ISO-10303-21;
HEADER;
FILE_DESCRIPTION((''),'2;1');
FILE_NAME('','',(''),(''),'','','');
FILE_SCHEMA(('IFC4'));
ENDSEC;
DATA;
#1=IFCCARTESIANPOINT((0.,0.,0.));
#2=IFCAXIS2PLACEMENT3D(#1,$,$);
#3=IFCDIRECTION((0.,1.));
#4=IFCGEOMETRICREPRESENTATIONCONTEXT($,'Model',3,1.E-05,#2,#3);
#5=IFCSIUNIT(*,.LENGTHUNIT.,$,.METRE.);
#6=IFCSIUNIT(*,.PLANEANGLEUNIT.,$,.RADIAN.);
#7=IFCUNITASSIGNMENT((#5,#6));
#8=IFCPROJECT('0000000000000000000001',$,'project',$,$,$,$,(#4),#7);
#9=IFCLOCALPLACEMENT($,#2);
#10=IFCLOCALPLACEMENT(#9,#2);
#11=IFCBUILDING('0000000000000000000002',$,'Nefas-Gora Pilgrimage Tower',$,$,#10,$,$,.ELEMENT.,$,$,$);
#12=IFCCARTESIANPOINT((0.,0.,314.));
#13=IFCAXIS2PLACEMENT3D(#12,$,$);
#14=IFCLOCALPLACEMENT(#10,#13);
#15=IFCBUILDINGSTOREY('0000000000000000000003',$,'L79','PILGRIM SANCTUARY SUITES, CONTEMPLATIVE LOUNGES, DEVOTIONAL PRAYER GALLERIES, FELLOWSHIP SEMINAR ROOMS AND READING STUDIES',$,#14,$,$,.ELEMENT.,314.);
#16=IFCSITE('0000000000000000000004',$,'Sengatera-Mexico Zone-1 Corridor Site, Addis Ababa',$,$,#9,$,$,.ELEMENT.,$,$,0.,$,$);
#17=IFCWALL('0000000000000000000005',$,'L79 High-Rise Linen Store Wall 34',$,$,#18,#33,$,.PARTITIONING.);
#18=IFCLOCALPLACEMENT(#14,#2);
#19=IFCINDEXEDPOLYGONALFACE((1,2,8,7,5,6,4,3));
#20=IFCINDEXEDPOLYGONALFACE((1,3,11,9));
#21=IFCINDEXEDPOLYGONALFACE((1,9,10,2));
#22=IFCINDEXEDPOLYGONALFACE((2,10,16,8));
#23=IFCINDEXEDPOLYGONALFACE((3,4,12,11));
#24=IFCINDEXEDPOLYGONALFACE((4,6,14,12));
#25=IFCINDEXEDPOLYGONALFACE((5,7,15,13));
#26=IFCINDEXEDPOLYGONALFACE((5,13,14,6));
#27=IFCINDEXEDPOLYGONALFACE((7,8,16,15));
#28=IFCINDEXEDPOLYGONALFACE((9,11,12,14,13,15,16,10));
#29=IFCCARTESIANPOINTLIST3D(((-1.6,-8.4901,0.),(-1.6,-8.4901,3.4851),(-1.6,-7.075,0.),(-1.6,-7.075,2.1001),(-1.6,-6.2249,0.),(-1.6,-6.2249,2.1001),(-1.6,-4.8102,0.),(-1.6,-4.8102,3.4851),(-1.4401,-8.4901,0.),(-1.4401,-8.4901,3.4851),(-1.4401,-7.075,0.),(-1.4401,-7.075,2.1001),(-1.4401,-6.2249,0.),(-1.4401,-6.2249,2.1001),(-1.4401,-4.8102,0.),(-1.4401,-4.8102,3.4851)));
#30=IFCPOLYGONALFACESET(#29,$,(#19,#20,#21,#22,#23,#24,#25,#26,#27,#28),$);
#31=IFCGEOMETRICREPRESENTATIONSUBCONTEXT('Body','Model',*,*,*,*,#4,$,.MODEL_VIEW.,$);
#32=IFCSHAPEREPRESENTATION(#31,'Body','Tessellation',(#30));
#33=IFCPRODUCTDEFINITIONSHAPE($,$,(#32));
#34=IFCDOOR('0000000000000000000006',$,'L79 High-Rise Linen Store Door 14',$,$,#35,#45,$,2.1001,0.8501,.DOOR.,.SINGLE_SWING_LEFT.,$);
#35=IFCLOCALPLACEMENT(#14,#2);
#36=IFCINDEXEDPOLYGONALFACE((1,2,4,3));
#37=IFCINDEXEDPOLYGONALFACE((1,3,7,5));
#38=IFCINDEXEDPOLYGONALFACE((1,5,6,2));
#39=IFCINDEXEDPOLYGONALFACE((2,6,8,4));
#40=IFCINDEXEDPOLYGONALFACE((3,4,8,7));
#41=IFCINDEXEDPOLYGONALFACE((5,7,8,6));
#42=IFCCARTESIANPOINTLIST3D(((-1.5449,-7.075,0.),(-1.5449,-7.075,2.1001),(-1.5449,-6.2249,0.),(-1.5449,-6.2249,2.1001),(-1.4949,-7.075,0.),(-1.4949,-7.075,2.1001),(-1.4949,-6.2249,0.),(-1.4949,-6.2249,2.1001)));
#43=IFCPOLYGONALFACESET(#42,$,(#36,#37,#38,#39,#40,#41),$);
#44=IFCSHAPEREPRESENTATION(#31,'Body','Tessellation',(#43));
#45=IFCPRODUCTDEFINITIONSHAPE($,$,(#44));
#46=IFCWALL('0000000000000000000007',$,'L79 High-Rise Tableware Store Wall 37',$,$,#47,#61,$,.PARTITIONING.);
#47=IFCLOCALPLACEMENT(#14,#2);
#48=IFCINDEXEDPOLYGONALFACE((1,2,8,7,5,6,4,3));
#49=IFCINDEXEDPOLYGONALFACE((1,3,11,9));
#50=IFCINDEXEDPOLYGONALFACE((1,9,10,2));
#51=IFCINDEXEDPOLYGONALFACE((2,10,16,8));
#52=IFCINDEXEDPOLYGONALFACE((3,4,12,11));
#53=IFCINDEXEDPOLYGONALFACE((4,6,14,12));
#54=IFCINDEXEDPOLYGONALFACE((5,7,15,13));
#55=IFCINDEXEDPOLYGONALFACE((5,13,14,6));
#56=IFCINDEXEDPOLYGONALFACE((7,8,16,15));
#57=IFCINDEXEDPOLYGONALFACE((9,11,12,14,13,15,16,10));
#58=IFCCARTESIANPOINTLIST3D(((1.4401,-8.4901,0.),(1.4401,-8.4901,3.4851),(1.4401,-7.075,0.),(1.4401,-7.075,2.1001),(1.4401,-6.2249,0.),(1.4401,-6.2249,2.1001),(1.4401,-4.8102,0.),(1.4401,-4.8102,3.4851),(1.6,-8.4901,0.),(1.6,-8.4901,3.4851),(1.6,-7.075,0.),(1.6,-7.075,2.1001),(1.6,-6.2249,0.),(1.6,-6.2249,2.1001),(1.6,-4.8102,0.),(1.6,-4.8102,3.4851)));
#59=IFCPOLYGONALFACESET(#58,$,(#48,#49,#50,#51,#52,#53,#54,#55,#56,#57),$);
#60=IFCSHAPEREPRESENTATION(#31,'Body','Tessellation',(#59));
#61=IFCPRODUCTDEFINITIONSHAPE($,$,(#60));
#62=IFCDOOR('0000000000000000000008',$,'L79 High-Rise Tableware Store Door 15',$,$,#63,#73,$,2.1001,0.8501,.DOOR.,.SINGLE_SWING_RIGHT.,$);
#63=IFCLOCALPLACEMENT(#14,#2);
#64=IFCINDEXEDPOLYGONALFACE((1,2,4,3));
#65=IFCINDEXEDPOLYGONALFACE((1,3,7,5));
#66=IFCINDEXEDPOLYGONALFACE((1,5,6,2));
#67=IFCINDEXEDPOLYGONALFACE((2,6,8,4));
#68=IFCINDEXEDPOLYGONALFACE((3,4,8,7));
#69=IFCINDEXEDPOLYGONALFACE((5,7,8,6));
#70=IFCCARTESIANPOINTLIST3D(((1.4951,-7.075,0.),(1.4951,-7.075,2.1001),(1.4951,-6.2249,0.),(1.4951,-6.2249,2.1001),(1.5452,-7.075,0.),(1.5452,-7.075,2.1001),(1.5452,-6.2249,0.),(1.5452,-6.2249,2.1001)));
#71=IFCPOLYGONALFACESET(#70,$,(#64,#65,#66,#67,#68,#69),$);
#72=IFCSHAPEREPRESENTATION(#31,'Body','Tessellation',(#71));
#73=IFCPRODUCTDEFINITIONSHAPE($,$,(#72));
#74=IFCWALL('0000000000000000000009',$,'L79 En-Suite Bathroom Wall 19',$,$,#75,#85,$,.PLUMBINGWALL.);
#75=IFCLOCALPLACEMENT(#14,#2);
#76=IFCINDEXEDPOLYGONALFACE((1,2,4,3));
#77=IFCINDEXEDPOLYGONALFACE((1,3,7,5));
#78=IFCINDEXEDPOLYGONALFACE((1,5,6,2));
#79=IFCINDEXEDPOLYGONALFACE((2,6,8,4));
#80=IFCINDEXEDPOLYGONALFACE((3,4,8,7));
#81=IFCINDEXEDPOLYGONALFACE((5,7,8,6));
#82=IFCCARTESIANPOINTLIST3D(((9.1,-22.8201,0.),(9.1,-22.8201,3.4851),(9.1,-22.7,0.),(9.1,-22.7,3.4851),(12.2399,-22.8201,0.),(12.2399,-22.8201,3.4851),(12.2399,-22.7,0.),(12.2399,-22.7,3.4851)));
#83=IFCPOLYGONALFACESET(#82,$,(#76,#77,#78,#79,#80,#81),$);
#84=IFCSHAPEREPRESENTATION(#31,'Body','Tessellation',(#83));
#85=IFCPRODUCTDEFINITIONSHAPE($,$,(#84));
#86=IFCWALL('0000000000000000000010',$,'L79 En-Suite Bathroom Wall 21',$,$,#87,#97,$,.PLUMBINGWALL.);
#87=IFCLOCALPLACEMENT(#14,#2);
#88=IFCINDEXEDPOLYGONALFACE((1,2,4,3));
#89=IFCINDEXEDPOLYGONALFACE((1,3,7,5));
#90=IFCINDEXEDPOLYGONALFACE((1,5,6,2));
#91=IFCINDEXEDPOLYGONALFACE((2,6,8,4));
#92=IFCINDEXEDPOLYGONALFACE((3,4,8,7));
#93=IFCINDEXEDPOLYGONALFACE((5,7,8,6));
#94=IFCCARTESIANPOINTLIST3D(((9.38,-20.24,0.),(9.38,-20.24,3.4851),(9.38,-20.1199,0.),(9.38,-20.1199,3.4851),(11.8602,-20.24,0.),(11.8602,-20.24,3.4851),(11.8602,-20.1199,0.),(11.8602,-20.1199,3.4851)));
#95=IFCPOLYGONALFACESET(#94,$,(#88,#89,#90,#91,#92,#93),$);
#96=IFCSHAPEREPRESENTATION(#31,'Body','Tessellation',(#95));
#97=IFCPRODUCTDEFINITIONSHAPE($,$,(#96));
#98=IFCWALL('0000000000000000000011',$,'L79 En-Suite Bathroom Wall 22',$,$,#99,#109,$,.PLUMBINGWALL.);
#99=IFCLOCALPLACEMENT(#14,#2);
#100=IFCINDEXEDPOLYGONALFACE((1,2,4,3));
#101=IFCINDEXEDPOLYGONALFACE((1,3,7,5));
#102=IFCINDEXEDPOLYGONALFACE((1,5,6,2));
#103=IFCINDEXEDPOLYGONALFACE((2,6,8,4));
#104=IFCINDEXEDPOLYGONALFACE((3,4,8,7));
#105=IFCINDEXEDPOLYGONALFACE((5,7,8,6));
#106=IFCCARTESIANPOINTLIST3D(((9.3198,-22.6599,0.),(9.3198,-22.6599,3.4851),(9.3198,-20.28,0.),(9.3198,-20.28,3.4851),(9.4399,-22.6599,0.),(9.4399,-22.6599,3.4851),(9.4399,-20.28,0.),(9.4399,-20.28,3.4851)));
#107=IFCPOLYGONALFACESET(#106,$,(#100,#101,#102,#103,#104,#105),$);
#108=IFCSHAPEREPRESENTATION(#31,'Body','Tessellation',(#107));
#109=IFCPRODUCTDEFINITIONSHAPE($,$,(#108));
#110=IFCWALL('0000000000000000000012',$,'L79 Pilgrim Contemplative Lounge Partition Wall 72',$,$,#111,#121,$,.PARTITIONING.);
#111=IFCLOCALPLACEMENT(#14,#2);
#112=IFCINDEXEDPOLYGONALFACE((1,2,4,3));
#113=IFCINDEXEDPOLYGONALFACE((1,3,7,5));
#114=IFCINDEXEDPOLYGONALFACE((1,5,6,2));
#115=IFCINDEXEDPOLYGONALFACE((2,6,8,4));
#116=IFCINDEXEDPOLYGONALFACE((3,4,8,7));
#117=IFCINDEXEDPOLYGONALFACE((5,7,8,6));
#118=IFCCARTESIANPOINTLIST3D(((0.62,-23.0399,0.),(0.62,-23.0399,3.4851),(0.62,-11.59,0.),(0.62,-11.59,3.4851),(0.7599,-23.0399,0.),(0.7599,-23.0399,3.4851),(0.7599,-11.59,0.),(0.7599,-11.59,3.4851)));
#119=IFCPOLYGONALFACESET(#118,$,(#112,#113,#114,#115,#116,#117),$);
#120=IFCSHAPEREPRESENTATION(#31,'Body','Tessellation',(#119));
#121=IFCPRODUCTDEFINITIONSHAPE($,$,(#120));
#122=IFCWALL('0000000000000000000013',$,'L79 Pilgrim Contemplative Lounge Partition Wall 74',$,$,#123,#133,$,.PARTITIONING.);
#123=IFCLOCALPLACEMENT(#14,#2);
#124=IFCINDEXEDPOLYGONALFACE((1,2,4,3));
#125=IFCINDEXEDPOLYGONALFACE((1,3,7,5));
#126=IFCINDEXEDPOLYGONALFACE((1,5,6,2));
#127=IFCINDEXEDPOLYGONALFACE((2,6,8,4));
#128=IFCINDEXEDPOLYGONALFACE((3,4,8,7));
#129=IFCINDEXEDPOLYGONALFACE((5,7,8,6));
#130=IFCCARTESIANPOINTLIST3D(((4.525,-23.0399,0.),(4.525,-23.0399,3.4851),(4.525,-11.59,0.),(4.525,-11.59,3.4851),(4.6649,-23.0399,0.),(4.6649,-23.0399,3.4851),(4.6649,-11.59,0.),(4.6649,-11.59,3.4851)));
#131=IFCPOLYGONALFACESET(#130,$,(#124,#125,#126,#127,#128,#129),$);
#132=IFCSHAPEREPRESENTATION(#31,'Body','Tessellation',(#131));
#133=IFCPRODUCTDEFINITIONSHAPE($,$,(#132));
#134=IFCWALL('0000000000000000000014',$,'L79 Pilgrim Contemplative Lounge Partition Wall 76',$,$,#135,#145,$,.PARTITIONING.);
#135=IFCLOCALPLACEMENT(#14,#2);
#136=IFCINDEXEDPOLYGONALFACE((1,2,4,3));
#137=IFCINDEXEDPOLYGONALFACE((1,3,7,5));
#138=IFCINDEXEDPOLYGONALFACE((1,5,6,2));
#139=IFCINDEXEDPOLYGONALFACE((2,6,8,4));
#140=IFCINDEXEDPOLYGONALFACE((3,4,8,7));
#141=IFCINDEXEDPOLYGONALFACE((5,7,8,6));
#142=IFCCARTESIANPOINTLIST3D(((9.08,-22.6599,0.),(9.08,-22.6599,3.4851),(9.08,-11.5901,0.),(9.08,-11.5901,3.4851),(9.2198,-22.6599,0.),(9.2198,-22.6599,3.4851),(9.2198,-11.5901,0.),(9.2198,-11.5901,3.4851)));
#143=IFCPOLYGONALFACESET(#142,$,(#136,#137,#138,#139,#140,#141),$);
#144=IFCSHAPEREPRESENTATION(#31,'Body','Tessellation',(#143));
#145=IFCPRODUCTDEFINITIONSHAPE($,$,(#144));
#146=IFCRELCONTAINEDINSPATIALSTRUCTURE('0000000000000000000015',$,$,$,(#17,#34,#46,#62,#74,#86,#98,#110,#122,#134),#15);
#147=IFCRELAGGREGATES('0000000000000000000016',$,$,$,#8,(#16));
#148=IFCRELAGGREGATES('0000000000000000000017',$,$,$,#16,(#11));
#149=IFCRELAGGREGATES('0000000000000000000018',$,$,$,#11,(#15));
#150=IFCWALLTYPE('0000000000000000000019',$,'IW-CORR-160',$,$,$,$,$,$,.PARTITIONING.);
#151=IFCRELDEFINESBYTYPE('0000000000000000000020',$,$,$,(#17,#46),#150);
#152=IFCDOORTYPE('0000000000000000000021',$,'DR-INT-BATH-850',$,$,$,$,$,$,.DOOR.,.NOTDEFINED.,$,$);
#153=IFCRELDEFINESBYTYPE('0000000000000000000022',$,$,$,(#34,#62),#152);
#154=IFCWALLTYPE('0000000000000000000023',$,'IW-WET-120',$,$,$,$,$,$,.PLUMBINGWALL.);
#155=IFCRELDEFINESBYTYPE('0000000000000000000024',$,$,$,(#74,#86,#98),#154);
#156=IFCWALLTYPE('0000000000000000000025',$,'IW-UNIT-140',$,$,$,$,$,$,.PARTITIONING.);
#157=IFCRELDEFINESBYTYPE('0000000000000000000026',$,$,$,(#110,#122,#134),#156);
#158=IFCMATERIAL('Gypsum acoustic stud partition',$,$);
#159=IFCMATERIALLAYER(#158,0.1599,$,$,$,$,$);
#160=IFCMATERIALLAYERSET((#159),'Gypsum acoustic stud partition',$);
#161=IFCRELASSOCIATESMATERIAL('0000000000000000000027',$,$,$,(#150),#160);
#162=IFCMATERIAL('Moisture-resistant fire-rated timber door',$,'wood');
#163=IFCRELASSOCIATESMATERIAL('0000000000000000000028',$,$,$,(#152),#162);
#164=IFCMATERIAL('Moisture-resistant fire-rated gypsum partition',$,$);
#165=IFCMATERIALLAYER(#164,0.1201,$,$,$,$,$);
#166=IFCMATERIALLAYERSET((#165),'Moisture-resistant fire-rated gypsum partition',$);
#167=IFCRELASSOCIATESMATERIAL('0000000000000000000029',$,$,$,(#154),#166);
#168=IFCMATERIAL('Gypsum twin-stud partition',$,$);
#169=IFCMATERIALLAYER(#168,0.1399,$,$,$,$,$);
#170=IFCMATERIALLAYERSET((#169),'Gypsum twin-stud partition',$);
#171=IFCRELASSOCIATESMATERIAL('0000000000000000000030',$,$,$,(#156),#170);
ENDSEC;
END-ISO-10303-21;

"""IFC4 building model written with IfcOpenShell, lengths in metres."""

from ifc_helpers import new_model, si_unit, direction, frame, frame_2d, origin, place, context, subcontext, project, spatial, rectangle, extrude, source, transform, mapped, material, layer, layer_set, type_object, element, fill, save


model = new_model("IFC4")

# Units and contexts
model_context = context("Model", 3, precision=1e-05, world=origin(), true_north=direction((0.0, 1.0)))
body_context = subcontext(model_context, "Body", "Model", "MODEL_VIEW")
ifc_project = project(units=[si_unit("LENGTHUNIT", "METRE"), si_unit("PLANEANGLEUNIT", "RADIAN")], contexts=[model_context])

# Site, building, storey
site_placement = place(None, origin())
site = spatial("IfcSite", under=ifc_project, at=site_placement, Name="Sengatera-Mexico Zone-1 Corridor Site, Addis Ababa", CompositionType="ELEMENT", RefElevation=0.0)
building_placement = place(site_placement, origin())
building = spatial("IfcBuilding", under=site, at=building_placement, Name="Nefas-Gora Pilgrimage Tower", CompositionType="ELEMENT")
storey_placement = place(building_placement, frame((0.0, 0.0, 314.0)))
storey = spatial("IfcBuildingStorey", under=building, at=storey_placement, Name="L79", Description="PILGRIM SANCTUARY SUITES, CONTEMPLATIVE LOUNGES, DEVOTIONAL PRAYER GALLERIES, FELLOWSHIP SEMINAR ROOMS AND READING STUDIES", CompositionType="ELEMENT", Elevation=314.0)

# Walls, openings, doors
ifc_material_1 = material(Name="Gypsum acoustic stud partition")
ifc_layer_1 = layer(ifc_material_1, 0.1599)
ifc_layer_set_1 = layer_set([ifc_layer_1], Name="Gypsum acoustic stud partition")
wall_type_1 = type_object("IfcWallType", Name="IW-CORR-160", PredefinedType="PARTITIONING", material=ifc_layer_set_1)
shared_shape_1 = source(origin(), body_context, "Body", "SweptSolid", [
    extrude(rectangle(XDim=3.6799, YDim=0.1599, at=frame_2d((1.8398, 0.0))), origin(), (0.0, 0.0, 1.0), 3.4851),
])
wall_1_placement = place(storey_placement, frame((-1.52, -8.49, 0.0), z_axis=(0.0, 0.0, 1.0), x_axis=(0.0, 1.0, 0.0)))
wall_1 = element("IfcWall", 1, at=wall_1_placement, inside=storey, type_object=wall_type_1, Name="L79 High-Rise Linen Store Wall 34", PredefinedType="PARTITIONING", context=body_context, shape_type="MappedRepresentation", body=[
    mapped(shared_shape_1, transform((0.0, 0.0, 0.0), x_axis=(1.0, 0.0, 0.0), y_axis=(0.0, 1.0, 0.0), z_axis=(0.0, 0.0, 1.0), scale=1.0)),
])
opening_1_placement = place(wall_1_placement, frame((1.415, 0.0, 0.0)))
opening_1 = element("IfcOpeningElement", 2, at=opening_1_placement, cuts=wall_1, PredefinedType="OPENING", context=body_context, shape_type="SweptSolid", body=[
    extrude(rectangle(XDim=0.8501, YDim=2.1001, at=frame_2d((0.425, 1.05))), frame((0.0, 0.0898, 0.0), z_axis=(0.0, -1.0, 0.0), x_axis=(1.0, 0.0, 0.0)), (0.0, 0.0, 1.0), 0.1799),
])
ifc_material_2 = material(Name="Moisture-resistant fire-rated timber door", Category="wood")
door_type_1 = type_object("IfcDoorType", Name="DR-INT-BATH-850", OperationType="NOTDEFINED", PredefinedType="DOOR", material=ifc_material_2)
shared_shape_2 = source(origin(), body_context, "Body", "SweptSolid", [
    extrude(rectangle(XDim=0.8501, YDim=2.1001, at=frame_2d((0.425, 1.05))), frame((0.0, 0.0249, 0.0), z_axis=(0.0, -1.0, 0.0), x_axis=(1.0, 0.0, 0.0)), (0.0, 0.0, 1.0), 0.05),
])
door_1_placement = place(opening_1_placement, origin())
door_1 = element("IfcDoor", 3, at=door_1_placement, inside=storey, type_object=door_type_1, Name="L79 High-Rise Linen Store Door 14", OperationType="SINGLE_SWING_LEFT", OverallHeight=2.1001, OverallWidth=0.8501, PredefinedType="DOOR", context=body_context, shape_type="MappedRepresentation", body=[
    mapped(shared_shape_2, transform((0.0, 0.0, 0.0), x_axis=(1.0, 0.0, 0.0), y_axis=(0.0, 1.0, 0.0), z_axis=(0.0, 0.0, 1.0), scale=1.0)),
])
fill(opening_1, door_1)
wall_2_placement = place(storey_placement, frame((1.52, -8.49, 0.0), z_axis=(0.0, 0.0, 1.0), x_axis=(0.0, 1.0, 0.0)))
wall_2 = element("IfcWall", 4, at=wall_2_placement, inside=storey, type_object=wall_type_1, Name="L79 High-Rise Tableware Store Wall 37", PredefinedType="PARTITIONING", context=body_context, shape_type="MappedRepresentation", body=[
    mapped(shared_shape_1, transform((0.0, 0.0, 0.0), x_axis=(1.0, 0.0, 0.0), y_axis=(0.0, 1.0, 0.0), z_axis=(0.0, 0.0, 1.0), scale=1.0)),
])
opening_2_placement = place(wall_2_placement, frame((1.415, 0.0, 0.0)))
opening_2 = element("IfcOpeningElement", 5, at=opening_2_placement, cuts=wall_2, PredefinedType="OPENING", context=body_context, shape_type="SweptSolid", body=[
    extrude(rectangle(XDim=0.8501, YDim=2.1001, at=frame_2d((0.425, 1.05))), frame((0.0, 0.0898, 0.0), z_axis=(0.0, -1.0, 0.0), x_axis=(1.0, 0.0, 0.0)), (0.0, 0.0, 1.0), 0.1799),
])
door_2_placement = place(opening_2_placement, origin())
door_2 = element("IfcDoor", 6, at=door_2_placement, inside=storey, type_object=door_type_1, Name="L79 High-Rise Tableware Store Door 15", OperationType="SINGLE_SWING_RIGHT", OverallHeight=2.1001, OverallWidth=0.8501, PredefinedType="DOOR", context=body_context, shape_type="MappedRepresentation", body=[
    mapped(shared_shape_2, transform((0.0, 0.0, 0.0), x_axis=(1.0, 0.0, 0.0), y_axis=(0.0, 1.0, 0.0), z_axis=(0.0, 0.0, 1.0), scale=1.0)),
])
fill(opening_2, door_2)

# Walls
ifc_material_3 = material(Name="Moisture-resistant fire-rated gypsum partition")
ifc_layer_2 = layer(ifc_material_3, 0.1201)
ifc_layer_set_2 = layer_set([ifc_layer_2], Name="Moisture-resistant fire-rated gypsum partition")
wall_type_2 = type_object("IfcWallType", Name="IW-WET-120", PredefinedType="PLUMBINGWALL", material=ifc_layer_set_2)
shared_shape_3 = source(origin(), body_context, "Body", "SweptSolid", [
    extrude(rectangle(XDim=3.1399, YDim=0.1201, at=frame_2d((1.5698, 0.0))), origin(), (0.0, 0.0, 1.0), 3.4851),
])
wall_3_placement = place(storey_placement, frame((9.1001, -22.76, 0.0), z_axis=(0.0, 0.0, 1.0), x_axis=(1.0, 0.0, 0.0)))
element("IfcWall", 7, at=wall_3_placement, inside=storey, type_object=wall_type_2, Name="L79 En-Suite Bathroom Wall 19", PredefinedType="PLUMBINGWALL", context=body_context, shape_type="MappedRepresentation", body=[
    mapped(shared_shape_3, transform((0.0, 0.0, 0.0), x_axis=(1.0, 0.0, 0.0), y_axis=(0.0, 1.0, 0.0), z_axis=(0.0, 0.0, 1.0), scale=1.0)),
])
shared_shape_4 = source(origin(), body_context, "Body", "SweptSolid", [
    extrude(rectangle(XDim=2.4802, YDim=0.1201, at=frame_2d((1.2402, 0.0))), origin(), (0.0, 0.0, 1.0), 3.4851),
])
wall_4_placement = place(storey_placement, frame((9.3799, -20.1799, 0.0), z_axis=(0.0, 0.0, 1.0), x_axis=(1.0, 0.0, 0.0)))
element("IfcWall", 8, at=wall_4_placement, inside=storey, type_object=wall_type_2, Name="L79 En-Suite Bathroom Wall 21", PredefinedType="PLUMBINGWALL", context=body_context, shape_type="MappedRepresentation", body=[
    mapped(shared_shape_4, transform((0.0, 0.0, 0.0), x_axis=(1.0, 0.0, 0.0), y_axis=(0.0, 1.0, 0.0), z_axis=(0.0, 0.0, 1.0), scale=1.0)),
])
shared_shape_5 = source(origin(), body_context, "Body", "SweptSolid", [
    extrude(rectangle(XDim=2.3799, YDim=0.1201, at=frame_2d((1.1899, 0.0))), origin(), (0.0, 0.0, 1.0), 3.4851),
])
wall_5_placement = place(storey_placement, frame((9.3799, -22.6599, 0.0), z_axis=(0.0, 0.0, 1.0), x_axis=(0.0, 1.0, 0.0)))
element("IfcWall", 9, at=wall_5_placement, inside=storey, type_object=wall_type_2, Name="L79 En-Suite Bathroom Wall 22", PredefinedType="PLUMBINGWALL", context=body_context, shape_type="MappedRepresentation", body=[
    mapped(shared_shape_5, transform((0.0, 0.0, 0.0), x_axis=(1.0, 0.0, 0.0), y_axis=(0.0, 1.0, 0.0), z_axis=(0.0, 0.0, 1.0), scale=1.0)),
])
ifc_material_4 = material(Name="Gypsum twin-stud partition")
ifc_layer_3 = layer(ifc_material_4, 0.1399)
ifc_layer_set_3 = layer_set([ifc_layer_3], Name="Gypsum twin-stud partition")
wall_type_3 = type_object("IfcWallType", Name="IW-UNIT-140", PredefinedType="PARTITIONING", material=ifc_layer_set_3)
shared_shape_6 = source(origin(), body_context, "Body", "SweptSolid", [
    extrude(rectangle(XDim=11.45, YDim=0.1399, at=frame_2d((5.7251, 0.0))), origin(), (0.0, 0.0, 1.0), 3.4851),
])
for number, where, z_axis, x_axis, name in (
    (10, (0.6899, -23.04, 0.0), (0.0, 0.0, 1.0), (0.0, 1.0, 0.0), "L79 Pilgrim Contemplative Lounge Partition Wall 72"),
    (11, (4.595, -23.04, 0.0), (0.0, 0.0, 1.0), (0.0, 1.0, 0.0), "L79 Pilgrim Contemplative Lounge Partition Wall 74"),
):
    element("IfcWall", number, at=place(storey_placement, frame(where, z_axis=z_axis, x_axis=x_axis)), inside=storey, type_object=wall_type_3, Name=name, PredefinedType="PARTITIONING", context=body_context, shape_type="MappedRepresentation", body=[
        mapped(shared_shape_6, transform((0.0, 0.0, 0.0), x_axis=(1.0, 0.0, 0.0), y_axis=(0.0, 1.0, 0.0), z_axis=(0.0, 0.0, 1.0), scale=1.0)),
    ])
shared_shape_7 = source(origin(), body_context, "Body", "SweptSolid", [
    extrude(rectangle(XDim=11.0698, YDim=0.1399, at=frame_2d((5.5349, 0.0))), origin(), (0.0, 0.0, 1.0), 3.4851),
])
wall_6_placement = place(storey_placement, frame((9.1499, -22.6599, 0.0), z_axis=(0.0, 0.0, 1.0), x_axis=(0.0, 1.0, 0.0)))
element("IfcWall", 12, at=wall_6_placement, inside=storey, type_object=wall_type_3, Name="L79 Pilgrim Contemplative Lounge Partition Wall 76", PredefinedType="PARTITIONING", context=body_context, shape_type="MappedRepresentation", body=[
    mapped(shared_shape_7, transform((0.0, 0.0, 0.0), x_axis=(1.0, 0.0, 0.0), y_axis=(0.0, 1.0, 0.0), z_axis=(0.0, 0.0, 1.0), scale=1.0)),
])

save(model, "model.ifc")
